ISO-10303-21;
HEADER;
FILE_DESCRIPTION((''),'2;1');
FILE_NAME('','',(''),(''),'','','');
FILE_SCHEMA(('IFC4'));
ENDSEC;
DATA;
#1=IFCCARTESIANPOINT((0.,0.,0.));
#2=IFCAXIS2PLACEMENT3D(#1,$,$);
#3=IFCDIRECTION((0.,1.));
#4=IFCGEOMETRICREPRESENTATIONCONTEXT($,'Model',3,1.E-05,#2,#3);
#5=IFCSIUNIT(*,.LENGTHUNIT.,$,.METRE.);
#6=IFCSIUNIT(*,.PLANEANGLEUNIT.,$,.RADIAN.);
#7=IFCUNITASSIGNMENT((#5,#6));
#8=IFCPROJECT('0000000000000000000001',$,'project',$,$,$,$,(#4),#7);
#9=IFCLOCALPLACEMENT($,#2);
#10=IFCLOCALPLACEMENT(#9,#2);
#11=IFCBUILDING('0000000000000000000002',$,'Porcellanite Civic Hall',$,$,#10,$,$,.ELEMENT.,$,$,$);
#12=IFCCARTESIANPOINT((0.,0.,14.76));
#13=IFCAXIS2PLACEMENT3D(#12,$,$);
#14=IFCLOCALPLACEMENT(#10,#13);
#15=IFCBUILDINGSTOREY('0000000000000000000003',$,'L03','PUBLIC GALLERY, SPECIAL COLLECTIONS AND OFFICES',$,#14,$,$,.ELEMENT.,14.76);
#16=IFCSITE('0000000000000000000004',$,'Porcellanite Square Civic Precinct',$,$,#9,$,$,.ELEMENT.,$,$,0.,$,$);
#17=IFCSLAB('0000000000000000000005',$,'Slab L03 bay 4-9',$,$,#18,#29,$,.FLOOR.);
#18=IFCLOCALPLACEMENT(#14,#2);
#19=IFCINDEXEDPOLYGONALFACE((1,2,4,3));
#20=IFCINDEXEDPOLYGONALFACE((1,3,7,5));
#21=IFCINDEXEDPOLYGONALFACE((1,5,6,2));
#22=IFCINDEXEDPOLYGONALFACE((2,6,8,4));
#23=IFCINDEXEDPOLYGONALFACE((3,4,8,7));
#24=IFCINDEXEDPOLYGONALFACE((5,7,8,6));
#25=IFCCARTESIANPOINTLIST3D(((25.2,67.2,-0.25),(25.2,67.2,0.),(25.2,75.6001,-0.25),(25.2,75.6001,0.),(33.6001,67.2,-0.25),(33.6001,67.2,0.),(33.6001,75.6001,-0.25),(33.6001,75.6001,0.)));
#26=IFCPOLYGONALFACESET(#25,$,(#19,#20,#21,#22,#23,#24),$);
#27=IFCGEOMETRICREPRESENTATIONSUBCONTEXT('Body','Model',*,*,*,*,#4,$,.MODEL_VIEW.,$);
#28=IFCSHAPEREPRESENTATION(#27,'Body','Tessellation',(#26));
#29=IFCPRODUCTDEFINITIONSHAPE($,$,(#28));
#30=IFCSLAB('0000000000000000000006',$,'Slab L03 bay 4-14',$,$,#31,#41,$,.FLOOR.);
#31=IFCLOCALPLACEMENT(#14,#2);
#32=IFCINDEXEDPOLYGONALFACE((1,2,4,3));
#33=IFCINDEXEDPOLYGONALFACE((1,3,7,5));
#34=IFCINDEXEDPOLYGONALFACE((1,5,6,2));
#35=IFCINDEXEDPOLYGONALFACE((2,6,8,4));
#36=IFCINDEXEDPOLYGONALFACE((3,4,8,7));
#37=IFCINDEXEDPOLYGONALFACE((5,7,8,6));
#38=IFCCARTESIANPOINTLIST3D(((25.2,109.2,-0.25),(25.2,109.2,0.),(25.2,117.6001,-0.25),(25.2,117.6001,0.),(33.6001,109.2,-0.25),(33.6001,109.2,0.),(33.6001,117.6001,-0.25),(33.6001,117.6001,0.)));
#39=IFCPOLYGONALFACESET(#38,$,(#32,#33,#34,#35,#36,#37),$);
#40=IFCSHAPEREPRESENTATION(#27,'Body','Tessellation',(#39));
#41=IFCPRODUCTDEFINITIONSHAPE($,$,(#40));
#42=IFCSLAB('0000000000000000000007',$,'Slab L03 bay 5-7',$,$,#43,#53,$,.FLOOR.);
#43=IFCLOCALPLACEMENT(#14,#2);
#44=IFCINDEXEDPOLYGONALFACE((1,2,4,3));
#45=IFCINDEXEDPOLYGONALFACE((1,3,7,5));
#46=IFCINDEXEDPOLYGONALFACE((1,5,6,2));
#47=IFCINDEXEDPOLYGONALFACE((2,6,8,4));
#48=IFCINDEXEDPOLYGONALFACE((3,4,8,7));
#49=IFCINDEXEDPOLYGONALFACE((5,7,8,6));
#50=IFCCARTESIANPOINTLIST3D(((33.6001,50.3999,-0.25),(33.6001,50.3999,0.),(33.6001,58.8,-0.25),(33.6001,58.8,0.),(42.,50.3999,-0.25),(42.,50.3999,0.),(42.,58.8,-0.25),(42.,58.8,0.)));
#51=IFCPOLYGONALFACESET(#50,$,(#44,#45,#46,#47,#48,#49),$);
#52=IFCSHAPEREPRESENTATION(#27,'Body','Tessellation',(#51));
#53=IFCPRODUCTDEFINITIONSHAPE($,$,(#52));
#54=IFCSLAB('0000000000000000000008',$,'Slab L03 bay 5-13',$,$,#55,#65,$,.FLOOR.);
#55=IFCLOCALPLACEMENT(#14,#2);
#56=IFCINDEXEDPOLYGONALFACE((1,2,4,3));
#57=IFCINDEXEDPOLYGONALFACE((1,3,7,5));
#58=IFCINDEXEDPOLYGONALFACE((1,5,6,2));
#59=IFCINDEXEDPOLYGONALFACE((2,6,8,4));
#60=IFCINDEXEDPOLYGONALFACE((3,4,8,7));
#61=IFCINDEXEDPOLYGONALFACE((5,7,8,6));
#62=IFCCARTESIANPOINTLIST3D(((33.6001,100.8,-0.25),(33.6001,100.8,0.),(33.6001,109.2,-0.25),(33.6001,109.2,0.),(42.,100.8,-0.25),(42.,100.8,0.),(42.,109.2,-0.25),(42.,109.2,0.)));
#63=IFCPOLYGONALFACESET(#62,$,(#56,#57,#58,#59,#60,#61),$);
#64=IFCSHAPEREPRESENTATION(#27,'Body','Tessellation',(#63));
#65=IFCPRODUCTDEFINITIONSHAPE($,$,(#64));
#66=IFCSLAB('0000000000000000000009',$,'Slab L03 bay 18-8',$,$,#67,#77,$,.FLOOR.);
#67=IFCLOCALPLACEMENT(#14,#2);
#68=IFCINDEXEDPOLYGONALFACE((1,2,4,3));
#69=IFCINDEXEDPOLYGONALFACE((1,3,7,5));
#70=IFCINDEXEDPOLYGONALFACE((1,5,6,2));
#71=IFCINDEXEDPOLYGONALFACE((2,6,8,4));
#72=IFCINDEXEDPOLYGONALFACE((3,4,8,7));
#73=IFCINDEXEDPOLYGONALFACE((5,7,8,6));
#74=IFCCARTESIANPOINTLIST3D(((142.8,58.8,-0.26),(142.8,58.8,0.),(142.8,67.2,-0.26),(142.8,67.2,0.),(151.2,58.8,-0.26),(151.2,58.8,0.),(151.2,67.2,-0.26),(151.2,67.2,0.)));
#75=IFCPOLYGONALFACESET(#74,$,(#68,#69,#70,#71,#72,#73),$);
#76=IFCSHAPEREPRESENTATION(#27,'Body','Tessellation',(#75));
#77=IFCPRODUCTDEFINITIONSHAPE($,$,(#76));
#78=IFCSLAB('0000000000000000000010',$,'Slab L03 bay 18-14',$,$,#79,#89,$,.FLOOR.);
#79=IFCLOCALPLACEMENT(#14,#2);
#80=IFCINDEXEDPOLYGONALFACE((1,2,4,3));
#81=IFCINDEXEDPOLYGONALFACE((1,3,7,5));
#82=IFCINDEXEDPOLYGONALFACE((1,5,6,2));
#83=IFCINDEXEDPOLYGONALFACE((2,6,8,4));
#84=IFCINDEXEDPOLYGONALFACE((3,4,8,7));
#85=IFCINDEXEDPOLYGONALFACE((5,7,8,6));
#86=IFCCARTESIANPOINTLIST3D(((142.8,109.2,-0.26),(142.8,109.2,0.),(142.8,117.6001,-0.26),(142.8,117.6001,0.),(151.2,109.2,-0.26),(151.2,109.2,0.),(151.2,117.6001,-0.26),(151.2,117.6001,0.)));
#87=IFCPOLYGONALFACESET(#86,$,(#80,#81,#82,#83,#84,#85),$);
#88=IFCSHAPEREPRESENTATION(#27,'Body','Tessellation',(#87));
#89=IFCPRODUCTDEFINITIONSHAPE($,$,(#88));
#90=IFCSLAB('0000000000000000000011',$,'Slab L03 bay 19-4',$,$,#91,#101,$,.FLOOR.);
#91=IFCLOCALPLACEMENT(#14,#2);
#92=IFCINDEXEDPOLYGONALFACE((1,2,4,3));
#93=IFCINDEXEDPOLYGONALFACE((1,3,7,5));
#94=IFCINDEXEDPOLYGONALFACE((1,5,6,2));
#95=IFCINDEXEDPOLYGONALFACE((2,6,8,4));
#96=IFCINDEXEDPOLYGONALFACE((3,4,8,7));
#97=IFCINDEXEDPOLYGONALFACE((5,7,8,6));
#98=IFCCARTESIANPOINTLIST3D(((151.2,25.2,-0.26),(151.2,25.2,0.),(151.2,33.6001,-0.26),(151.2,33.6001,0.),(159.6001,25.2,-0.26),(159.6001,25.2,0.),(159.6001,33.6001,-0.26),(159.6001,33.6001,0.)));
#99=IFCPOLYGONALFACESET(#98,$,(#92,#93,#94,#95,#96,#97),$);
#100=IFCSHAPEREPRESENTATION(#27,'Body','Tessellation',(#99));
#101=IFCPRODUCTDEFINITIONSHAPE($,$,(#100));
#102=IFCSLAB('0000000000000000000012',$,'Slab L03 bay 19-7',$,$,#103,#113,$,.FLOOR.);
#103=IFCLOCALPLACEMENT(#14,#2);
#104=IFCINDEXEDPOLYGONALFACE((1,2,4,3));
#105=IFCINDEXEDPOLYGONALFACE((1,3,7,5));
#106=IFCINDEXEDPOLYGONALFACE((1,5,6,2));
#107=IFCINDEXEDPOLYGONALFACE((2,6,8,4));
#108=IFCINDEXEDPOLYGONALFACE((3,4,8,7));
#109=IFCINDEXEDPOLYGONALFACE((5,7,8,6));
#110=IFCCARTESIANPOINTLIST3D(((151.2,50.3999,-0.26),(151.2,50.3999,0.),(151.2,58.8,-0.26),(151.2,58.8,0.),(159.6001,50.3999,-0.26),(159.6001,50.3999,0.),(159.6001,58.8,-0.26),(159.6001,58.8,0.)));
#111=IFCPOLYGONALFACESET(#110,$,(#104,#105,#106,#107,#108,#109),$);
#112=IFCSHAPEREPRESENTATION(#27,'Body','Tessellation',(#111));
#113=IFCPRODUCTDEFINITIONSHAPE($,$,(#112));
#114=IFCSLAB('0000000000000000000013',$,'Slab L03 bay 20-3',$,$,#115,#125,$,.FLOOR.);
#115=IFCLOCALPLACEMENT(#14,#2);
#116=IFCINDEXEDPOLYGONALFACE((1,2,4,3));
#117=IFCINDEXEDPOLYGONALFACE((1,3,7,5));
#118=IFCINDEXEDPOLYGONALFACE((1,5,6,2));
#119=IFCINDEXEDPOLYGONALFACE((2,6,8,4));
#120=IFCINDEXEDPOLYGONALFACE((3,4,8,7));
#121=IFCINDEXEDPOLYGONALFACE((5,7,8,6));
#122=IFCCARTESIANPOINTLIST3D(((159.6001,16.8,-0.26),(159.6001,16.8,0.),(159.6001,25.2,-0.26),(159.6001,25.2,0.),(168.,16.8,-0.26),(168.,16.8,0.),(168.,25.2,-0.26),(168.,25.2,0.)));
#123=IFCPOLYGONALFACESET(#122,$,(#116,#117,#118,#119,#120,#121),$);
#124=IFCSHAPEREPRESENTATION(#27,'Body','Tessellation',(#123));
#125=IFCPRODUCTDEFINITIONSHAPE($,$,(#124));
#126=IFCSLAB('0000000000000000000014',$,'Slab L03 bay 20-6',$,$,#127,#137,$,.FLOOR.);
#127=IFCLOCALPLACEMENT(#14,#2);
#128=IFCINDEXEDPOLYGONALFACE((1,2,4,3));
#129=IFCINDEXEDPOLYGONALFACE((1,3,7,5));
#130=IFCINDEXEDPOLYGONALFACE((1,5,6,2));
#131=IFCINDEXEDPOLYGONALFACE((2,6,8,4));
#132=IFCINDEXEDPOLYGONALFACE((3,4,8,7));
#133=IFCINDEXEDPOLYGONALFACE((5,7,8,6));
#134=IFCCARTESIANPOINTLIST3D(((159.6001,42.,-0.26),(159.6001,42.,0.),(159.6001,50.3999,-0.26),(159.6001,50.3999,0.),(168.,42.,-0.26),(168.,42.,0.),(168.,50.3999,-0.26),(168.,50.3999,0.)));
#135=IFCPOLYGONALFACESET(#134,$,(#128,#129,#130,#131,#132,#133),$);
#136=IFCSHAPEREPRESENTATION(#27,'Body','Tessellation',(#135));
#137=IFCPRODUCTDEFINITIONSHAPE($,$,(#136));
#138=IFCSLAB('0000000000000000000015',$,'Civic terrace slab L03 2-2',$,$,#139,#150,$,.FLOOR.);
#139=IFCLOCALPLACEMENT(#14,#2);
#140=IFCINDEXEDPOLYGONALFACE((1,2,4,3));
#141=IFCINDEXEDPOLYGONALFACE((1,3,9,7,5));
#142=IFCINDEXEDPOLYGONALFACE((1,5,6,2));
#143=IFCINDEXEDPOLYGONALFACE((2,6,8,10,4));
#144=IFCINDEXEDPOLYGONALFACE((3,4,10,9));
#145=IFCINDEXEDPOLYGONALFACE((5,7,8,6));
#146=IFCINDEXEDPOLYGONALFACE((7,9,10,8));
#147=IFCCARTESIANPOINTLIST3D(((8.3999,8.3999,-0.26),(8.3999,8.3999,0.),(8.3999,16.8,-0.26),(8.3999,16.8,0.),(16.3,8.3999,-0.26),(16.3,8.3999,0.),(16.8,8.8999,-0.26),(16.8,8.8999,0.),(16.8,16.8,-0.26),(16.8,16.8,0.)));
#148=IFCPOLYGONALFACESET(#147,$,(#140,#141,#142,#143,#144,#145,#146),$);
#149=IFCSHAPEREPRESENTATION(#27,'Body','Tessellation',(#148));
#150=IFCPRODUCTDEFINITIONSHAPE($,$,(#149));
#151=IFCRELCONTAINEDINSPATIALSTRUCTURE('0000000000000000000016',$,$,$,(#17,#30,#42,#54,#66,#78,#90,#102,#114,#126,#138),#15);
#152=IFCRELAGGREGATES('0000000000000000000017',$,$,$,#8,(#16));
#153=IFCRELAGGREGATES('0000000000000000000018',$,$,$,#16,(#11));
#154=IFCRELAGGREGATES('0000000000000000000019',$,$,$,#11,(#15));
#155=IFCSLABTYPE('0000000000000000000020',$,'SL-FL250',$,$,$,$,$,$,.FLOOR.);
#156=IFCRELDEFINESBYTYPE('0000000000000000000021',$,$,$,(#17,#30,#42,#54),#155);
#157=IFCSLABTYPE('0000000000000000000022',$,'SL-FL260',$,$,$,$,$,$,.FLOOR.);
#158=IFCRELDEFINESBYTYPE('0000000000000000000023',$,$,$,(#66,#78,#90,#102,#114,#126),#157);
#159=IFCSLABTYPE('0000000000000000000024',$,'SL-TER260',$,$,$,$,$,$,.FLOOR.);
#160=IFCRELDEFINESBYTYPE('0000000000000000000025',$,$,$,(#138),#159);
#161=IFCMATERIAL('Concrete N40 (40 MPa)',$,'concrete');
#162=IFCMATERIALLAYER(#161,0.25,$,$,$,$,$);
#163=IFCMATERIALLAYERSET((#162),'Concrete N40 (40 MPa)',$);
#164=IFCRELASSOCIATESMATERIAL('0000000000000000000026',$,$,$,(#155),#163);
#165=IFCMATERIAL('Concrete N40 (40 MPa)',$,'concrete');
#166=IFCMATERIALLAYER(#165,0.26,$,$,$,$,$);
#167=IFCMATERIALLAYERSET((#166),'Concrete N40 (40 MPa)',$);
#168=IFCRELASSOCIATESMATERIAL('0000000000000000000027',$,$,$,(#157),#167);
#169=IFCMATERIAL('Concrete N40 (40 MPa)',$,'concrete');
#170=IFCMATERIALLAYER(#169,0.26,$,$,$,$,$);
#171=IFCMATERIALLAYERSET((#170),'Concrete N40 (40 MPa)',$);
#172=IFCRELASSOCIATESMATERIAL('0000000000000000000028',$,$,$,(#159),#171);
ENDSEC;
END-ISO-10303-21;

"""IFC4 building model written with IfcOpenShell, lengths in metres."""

from ifc_helpers import new_model, si_unit, direction, frame, origin, place, context, subcontext, project, spatial, polyline, outline, extrude, material, layer, layer_set, type_object, element, save


model = new_model("IFC4")

# Units and contexts
model_context = context("Model", 3, precision=1e-05, world=origin(), true_north=direction((0.0, 1.0)))
body_context = subcontext(model_context, "Body", "Model", "MODEL_VIEW")
ifc_project = project(units=[si_unit("LENGTHUNIT", "METRE"), si_unit("PLANEANGLEUNIT", "RADIAN")], contexts=[model_context])

# Site, building, storey
site_placement = place(None, origin())
site = spatial("IfcSite", under=ifc_project, at=site_placement, Name="Porcellanite Square Civic Precinct", CompositionType="ELEMENT", RefElevation=0.0)
building_placement = place(site_placement, origin())
building = spatial("IfcBuilding", under=site, at=building_placement, Name="Porcellanite Civic Hall", CompositionType="ELEMENT")
storey_placement = place(building_placement, frame((0.0, 0.0, 14.76)))
storey = spatial("IfcBuildingStorey", under=building, at=storey_placement, Name="L03", Description="PUBLIC GALLERY, SPECIAL COLLECTIONS AND OFFICES", CompositionType="ELEMENT", Elevation=14.76)

# Slabs
ifc_material_1 = material(Name="Concrete N40 (40 MPa)", Category="concrete")
ifc_layer_1 = layer(ifc_material_1, 0.25)
ifc_layer_set_1 = layer_set([ifc_layer_1], Name="Concrete N40 (40 MPa)")
slab_type_1 = type_object("IfcSlabType", Name="SL-FL250", PredefinedType="FLOOR", material=ifc_layer_set_1)
slab_1_placement = place(storey_placement, frame((0.0, 0.0, -0.25)))
element("IfcSlab", 1, at=slab_1_placement, inside=storey, type_object=slab_type_1, Name="Slab L03 bay 4-9", PredefinedType="FLOOR", context=body_context, shape_type="SweptSolid", body=[
    extrude(outline(polyline([(25.2, 67.2), (33.6001, 67.2), (33.6001, 75.6001), (25.2, 75.6001), (25.2, 67.2)])), origin(), (0.0, 0.0, 1.0), 0.25),
])
slab_2_placement = place(storey_placement, frame((0.0, 0.0, -0.25)))
element("IfcSlab", 2, at=slab_2_placement, inside=storey, type_object=slab_type_1, Name="Slab L03 bay 4-14", PredefinedType="FLOOR", context=body_context, shape_type="SweptSolid", body=[
    extrude(outline(polyline([(25.2, 109.2), (33.6001, 109.2), (33.6001, 117.6001), (25.2, 117.6001), (25.2, 109.2)])), origin(), (0.0, 0.0, 1.0), 0.25),
])
slab_3_placement = place(storey_placement, frame((0.0, 0.0, -0.25)))
element("IfcSlab", 3, at=slab_3_placement, inside=storey, type_object=slab_type_1, Name="Slab L03 bay 5-7", PredefinedType="FLOOR", context=body_context, shape_type="SweptSolid", body=[
    extrude(outline(polyline([(33.6001, 50.3999), (42.0, 50.3999), (42.0, 58.8), (33.6001, 58.8), (33.6001, 50.3999)])), origin(), (0.0, 0.0, 1.0), 0.25),
])
slab_4_placement = place(storey_placement, frame((0.0, 0.0, -0.25)))
element("IfcSlab", 4, at=slab_4_placement, inside=storey, type_object=slab_type_1, Name="Slab L03 bay 5-13", PredefinedType="FLOOR", context=body_context, shape_type="SweptSolid", body=[
    extrude(outline(polyline([(33.6001, 100.8), (42.0, 100.8), (42.0, 109.2), (33.6001, 109.2), (33.6001, 100.8)])), origin(), (0.0, 0.0, 1.0), 0.25),
])
ifc_material_2 = material(Name="Concrete N40 (40 MPa)", Category="concrete")
ifc_layer_2 = layer(ifc_material_2, 0.26)
ifc_layer_set_2 = layer_set([ifc_layer_2], Name="Concrete N40 (40 MPa)")
slab_type_2 = type_object("IfcSlabType", Name="SL-FL260", PredefinedType="FLOOR", material=ifc_layer_set_2)
slab_5_placement = place(storey_placement, frame((0.0, 0.0, -0.26)))
element("IfcSlab", 5, at=slab_5_placement, inside=storey, type_object=slab_type_2, Name="Slab L03 bay 18-8", PredefinedType="FLOOR", context=body_context, shape_type="SweptSolid", body=[
    extrude(outline(polyline([(142.8, 58.8), (151.2, 58.8), (151.2, 67.2), (142.8, 67.2), (142.8, 58.8)])), origin(), (0.0, 0.0, 1.0), 0.26),
])
slab_6_placement = place(storey_placement, frame((0.0, 0.0, -0.26)))
element("IfcSlab", 6, at=slab_6_placement, inside=storey, type_object=slab_type_2, Name="Slab L03 bay 18-14", PredefinedType="FLOOR", context=body_context, shape_type="SweptSolid", body=[
    extrude(outline(polyline([(142.8, 109.2), (151.2, 109.2), (151.2, 117.6001), (142.8, 117.6001), (142.8, 109.2)])), origin(), (0.0, 0.0, 1.0), 0.26),
])
slab_7_placement = place(storey_placement, frame((0.0, 0.0, -0.26)))
element("IfcSlab", 7, at=slab_7_placement, inside=storey, type_object=slab_type_2, Name="Slab L03 bay 19-4", PredefinedType="FLOOR", context=body_context, shape_type="SweptSolid", body=[
    extrude(outline(polyline([(151.2, 25.2), (159.6001, 25.2), (159.6001, 33.6001), (151.2, 33.6001), (151.2, 25.2)])), origin(), (0.0, 0.0, 1.0), 0.26),
])
slab_8_placement = place(storey_placement, frame((0.0, 0.0, -0.26)))
element("IfcSlab", 8, at=slab_8_placement, inside=storey, type_object=slab_type_2, Name="Slab L03 bay 19-7", PredefinedType="FLOOR", context=body_context, shape_type="SweptSolid", body=[
    extrude(outline(polyline([(151.2, 50.3999), (159.6001, 50.3999), (159.6001, 58.8), (151.2, 58.8), (151.2, 50.3999)])), origin(), (0.0, 0.0, 1.0), 0.26),
])
slab_9_placement = place(storey_placement, frame((0.0, 0.0, -0.26)))
element("IfcSlab", 9, at=slab_9_placement, inside=storey, type_object=slab_type_2, Name="Slab L03 bay 20-3", PredefinedType="FLOOR", context=body_context, shape_type="SweptSolid", body=[
    extrude(outline(polyline([(159.6001, 16.8), (168.0, 16.8), (168.0, 25.2), (159.6001, 25.2), (159.6001, 16.8)])), origin(), (0.0, 0.0, 1.0), 0.26),
])
slab_10_placement = place(storey_placement, frame((0.0, 0.0, -0.26)))
element("IfcSlab", 10, at=slab_10_placement, inside=storey, type_object=slab_type_2, Name="Slab L03 bay 20-6", PredefinedType="FLOOR", context=body_context, shape_type="SweptSolid", body=[
    extrude(outline(polyline([(159.6001, 42.0), (168.0, 42.0), (168.0, 50.3999), (159.6001, 50.3999), (159.6001, 42.0)])), origin(), (0.0, 0.0, 1.0), 0.26),
])
ifc_material_3 = material(Name="Concrete N40 (40 MPa)", Category="concrete")
ifc_layer_3 = layer(ifc_material_3, 0.26)
ifc_layer_set_3 = layer_set([ifc_layer_3], Name="Concrete N40 (40 MPa)")
slab_type_3 = type_object("IfcSlabType", Name="SL-TER260", PredefinedType="FLOOR", material=ifc_layer_set_3)
slab_11_placement = place(storey_placement, frame((0.0, 0.0, -0.26)))
element("IfcSlab", 11, at=slab_11_placement, inside=storey, type_object=slab_type_3, Name="Civic terrace slab L03 2-2", PredefinedType="FLOOR", context=body_context, shape_type="SweptSolid", body=[
    extrude(outline(polyline([(8.3999, 8.3999), (16.3, 8.3999), (16.8, 8.8999), (16.8, 16.8), (8.3999, 16.8), (8.3999, 8.3999)])), origin(), (0.0, 0.0, 1.0), 0.26),
])

save(model, "model.ifc")
